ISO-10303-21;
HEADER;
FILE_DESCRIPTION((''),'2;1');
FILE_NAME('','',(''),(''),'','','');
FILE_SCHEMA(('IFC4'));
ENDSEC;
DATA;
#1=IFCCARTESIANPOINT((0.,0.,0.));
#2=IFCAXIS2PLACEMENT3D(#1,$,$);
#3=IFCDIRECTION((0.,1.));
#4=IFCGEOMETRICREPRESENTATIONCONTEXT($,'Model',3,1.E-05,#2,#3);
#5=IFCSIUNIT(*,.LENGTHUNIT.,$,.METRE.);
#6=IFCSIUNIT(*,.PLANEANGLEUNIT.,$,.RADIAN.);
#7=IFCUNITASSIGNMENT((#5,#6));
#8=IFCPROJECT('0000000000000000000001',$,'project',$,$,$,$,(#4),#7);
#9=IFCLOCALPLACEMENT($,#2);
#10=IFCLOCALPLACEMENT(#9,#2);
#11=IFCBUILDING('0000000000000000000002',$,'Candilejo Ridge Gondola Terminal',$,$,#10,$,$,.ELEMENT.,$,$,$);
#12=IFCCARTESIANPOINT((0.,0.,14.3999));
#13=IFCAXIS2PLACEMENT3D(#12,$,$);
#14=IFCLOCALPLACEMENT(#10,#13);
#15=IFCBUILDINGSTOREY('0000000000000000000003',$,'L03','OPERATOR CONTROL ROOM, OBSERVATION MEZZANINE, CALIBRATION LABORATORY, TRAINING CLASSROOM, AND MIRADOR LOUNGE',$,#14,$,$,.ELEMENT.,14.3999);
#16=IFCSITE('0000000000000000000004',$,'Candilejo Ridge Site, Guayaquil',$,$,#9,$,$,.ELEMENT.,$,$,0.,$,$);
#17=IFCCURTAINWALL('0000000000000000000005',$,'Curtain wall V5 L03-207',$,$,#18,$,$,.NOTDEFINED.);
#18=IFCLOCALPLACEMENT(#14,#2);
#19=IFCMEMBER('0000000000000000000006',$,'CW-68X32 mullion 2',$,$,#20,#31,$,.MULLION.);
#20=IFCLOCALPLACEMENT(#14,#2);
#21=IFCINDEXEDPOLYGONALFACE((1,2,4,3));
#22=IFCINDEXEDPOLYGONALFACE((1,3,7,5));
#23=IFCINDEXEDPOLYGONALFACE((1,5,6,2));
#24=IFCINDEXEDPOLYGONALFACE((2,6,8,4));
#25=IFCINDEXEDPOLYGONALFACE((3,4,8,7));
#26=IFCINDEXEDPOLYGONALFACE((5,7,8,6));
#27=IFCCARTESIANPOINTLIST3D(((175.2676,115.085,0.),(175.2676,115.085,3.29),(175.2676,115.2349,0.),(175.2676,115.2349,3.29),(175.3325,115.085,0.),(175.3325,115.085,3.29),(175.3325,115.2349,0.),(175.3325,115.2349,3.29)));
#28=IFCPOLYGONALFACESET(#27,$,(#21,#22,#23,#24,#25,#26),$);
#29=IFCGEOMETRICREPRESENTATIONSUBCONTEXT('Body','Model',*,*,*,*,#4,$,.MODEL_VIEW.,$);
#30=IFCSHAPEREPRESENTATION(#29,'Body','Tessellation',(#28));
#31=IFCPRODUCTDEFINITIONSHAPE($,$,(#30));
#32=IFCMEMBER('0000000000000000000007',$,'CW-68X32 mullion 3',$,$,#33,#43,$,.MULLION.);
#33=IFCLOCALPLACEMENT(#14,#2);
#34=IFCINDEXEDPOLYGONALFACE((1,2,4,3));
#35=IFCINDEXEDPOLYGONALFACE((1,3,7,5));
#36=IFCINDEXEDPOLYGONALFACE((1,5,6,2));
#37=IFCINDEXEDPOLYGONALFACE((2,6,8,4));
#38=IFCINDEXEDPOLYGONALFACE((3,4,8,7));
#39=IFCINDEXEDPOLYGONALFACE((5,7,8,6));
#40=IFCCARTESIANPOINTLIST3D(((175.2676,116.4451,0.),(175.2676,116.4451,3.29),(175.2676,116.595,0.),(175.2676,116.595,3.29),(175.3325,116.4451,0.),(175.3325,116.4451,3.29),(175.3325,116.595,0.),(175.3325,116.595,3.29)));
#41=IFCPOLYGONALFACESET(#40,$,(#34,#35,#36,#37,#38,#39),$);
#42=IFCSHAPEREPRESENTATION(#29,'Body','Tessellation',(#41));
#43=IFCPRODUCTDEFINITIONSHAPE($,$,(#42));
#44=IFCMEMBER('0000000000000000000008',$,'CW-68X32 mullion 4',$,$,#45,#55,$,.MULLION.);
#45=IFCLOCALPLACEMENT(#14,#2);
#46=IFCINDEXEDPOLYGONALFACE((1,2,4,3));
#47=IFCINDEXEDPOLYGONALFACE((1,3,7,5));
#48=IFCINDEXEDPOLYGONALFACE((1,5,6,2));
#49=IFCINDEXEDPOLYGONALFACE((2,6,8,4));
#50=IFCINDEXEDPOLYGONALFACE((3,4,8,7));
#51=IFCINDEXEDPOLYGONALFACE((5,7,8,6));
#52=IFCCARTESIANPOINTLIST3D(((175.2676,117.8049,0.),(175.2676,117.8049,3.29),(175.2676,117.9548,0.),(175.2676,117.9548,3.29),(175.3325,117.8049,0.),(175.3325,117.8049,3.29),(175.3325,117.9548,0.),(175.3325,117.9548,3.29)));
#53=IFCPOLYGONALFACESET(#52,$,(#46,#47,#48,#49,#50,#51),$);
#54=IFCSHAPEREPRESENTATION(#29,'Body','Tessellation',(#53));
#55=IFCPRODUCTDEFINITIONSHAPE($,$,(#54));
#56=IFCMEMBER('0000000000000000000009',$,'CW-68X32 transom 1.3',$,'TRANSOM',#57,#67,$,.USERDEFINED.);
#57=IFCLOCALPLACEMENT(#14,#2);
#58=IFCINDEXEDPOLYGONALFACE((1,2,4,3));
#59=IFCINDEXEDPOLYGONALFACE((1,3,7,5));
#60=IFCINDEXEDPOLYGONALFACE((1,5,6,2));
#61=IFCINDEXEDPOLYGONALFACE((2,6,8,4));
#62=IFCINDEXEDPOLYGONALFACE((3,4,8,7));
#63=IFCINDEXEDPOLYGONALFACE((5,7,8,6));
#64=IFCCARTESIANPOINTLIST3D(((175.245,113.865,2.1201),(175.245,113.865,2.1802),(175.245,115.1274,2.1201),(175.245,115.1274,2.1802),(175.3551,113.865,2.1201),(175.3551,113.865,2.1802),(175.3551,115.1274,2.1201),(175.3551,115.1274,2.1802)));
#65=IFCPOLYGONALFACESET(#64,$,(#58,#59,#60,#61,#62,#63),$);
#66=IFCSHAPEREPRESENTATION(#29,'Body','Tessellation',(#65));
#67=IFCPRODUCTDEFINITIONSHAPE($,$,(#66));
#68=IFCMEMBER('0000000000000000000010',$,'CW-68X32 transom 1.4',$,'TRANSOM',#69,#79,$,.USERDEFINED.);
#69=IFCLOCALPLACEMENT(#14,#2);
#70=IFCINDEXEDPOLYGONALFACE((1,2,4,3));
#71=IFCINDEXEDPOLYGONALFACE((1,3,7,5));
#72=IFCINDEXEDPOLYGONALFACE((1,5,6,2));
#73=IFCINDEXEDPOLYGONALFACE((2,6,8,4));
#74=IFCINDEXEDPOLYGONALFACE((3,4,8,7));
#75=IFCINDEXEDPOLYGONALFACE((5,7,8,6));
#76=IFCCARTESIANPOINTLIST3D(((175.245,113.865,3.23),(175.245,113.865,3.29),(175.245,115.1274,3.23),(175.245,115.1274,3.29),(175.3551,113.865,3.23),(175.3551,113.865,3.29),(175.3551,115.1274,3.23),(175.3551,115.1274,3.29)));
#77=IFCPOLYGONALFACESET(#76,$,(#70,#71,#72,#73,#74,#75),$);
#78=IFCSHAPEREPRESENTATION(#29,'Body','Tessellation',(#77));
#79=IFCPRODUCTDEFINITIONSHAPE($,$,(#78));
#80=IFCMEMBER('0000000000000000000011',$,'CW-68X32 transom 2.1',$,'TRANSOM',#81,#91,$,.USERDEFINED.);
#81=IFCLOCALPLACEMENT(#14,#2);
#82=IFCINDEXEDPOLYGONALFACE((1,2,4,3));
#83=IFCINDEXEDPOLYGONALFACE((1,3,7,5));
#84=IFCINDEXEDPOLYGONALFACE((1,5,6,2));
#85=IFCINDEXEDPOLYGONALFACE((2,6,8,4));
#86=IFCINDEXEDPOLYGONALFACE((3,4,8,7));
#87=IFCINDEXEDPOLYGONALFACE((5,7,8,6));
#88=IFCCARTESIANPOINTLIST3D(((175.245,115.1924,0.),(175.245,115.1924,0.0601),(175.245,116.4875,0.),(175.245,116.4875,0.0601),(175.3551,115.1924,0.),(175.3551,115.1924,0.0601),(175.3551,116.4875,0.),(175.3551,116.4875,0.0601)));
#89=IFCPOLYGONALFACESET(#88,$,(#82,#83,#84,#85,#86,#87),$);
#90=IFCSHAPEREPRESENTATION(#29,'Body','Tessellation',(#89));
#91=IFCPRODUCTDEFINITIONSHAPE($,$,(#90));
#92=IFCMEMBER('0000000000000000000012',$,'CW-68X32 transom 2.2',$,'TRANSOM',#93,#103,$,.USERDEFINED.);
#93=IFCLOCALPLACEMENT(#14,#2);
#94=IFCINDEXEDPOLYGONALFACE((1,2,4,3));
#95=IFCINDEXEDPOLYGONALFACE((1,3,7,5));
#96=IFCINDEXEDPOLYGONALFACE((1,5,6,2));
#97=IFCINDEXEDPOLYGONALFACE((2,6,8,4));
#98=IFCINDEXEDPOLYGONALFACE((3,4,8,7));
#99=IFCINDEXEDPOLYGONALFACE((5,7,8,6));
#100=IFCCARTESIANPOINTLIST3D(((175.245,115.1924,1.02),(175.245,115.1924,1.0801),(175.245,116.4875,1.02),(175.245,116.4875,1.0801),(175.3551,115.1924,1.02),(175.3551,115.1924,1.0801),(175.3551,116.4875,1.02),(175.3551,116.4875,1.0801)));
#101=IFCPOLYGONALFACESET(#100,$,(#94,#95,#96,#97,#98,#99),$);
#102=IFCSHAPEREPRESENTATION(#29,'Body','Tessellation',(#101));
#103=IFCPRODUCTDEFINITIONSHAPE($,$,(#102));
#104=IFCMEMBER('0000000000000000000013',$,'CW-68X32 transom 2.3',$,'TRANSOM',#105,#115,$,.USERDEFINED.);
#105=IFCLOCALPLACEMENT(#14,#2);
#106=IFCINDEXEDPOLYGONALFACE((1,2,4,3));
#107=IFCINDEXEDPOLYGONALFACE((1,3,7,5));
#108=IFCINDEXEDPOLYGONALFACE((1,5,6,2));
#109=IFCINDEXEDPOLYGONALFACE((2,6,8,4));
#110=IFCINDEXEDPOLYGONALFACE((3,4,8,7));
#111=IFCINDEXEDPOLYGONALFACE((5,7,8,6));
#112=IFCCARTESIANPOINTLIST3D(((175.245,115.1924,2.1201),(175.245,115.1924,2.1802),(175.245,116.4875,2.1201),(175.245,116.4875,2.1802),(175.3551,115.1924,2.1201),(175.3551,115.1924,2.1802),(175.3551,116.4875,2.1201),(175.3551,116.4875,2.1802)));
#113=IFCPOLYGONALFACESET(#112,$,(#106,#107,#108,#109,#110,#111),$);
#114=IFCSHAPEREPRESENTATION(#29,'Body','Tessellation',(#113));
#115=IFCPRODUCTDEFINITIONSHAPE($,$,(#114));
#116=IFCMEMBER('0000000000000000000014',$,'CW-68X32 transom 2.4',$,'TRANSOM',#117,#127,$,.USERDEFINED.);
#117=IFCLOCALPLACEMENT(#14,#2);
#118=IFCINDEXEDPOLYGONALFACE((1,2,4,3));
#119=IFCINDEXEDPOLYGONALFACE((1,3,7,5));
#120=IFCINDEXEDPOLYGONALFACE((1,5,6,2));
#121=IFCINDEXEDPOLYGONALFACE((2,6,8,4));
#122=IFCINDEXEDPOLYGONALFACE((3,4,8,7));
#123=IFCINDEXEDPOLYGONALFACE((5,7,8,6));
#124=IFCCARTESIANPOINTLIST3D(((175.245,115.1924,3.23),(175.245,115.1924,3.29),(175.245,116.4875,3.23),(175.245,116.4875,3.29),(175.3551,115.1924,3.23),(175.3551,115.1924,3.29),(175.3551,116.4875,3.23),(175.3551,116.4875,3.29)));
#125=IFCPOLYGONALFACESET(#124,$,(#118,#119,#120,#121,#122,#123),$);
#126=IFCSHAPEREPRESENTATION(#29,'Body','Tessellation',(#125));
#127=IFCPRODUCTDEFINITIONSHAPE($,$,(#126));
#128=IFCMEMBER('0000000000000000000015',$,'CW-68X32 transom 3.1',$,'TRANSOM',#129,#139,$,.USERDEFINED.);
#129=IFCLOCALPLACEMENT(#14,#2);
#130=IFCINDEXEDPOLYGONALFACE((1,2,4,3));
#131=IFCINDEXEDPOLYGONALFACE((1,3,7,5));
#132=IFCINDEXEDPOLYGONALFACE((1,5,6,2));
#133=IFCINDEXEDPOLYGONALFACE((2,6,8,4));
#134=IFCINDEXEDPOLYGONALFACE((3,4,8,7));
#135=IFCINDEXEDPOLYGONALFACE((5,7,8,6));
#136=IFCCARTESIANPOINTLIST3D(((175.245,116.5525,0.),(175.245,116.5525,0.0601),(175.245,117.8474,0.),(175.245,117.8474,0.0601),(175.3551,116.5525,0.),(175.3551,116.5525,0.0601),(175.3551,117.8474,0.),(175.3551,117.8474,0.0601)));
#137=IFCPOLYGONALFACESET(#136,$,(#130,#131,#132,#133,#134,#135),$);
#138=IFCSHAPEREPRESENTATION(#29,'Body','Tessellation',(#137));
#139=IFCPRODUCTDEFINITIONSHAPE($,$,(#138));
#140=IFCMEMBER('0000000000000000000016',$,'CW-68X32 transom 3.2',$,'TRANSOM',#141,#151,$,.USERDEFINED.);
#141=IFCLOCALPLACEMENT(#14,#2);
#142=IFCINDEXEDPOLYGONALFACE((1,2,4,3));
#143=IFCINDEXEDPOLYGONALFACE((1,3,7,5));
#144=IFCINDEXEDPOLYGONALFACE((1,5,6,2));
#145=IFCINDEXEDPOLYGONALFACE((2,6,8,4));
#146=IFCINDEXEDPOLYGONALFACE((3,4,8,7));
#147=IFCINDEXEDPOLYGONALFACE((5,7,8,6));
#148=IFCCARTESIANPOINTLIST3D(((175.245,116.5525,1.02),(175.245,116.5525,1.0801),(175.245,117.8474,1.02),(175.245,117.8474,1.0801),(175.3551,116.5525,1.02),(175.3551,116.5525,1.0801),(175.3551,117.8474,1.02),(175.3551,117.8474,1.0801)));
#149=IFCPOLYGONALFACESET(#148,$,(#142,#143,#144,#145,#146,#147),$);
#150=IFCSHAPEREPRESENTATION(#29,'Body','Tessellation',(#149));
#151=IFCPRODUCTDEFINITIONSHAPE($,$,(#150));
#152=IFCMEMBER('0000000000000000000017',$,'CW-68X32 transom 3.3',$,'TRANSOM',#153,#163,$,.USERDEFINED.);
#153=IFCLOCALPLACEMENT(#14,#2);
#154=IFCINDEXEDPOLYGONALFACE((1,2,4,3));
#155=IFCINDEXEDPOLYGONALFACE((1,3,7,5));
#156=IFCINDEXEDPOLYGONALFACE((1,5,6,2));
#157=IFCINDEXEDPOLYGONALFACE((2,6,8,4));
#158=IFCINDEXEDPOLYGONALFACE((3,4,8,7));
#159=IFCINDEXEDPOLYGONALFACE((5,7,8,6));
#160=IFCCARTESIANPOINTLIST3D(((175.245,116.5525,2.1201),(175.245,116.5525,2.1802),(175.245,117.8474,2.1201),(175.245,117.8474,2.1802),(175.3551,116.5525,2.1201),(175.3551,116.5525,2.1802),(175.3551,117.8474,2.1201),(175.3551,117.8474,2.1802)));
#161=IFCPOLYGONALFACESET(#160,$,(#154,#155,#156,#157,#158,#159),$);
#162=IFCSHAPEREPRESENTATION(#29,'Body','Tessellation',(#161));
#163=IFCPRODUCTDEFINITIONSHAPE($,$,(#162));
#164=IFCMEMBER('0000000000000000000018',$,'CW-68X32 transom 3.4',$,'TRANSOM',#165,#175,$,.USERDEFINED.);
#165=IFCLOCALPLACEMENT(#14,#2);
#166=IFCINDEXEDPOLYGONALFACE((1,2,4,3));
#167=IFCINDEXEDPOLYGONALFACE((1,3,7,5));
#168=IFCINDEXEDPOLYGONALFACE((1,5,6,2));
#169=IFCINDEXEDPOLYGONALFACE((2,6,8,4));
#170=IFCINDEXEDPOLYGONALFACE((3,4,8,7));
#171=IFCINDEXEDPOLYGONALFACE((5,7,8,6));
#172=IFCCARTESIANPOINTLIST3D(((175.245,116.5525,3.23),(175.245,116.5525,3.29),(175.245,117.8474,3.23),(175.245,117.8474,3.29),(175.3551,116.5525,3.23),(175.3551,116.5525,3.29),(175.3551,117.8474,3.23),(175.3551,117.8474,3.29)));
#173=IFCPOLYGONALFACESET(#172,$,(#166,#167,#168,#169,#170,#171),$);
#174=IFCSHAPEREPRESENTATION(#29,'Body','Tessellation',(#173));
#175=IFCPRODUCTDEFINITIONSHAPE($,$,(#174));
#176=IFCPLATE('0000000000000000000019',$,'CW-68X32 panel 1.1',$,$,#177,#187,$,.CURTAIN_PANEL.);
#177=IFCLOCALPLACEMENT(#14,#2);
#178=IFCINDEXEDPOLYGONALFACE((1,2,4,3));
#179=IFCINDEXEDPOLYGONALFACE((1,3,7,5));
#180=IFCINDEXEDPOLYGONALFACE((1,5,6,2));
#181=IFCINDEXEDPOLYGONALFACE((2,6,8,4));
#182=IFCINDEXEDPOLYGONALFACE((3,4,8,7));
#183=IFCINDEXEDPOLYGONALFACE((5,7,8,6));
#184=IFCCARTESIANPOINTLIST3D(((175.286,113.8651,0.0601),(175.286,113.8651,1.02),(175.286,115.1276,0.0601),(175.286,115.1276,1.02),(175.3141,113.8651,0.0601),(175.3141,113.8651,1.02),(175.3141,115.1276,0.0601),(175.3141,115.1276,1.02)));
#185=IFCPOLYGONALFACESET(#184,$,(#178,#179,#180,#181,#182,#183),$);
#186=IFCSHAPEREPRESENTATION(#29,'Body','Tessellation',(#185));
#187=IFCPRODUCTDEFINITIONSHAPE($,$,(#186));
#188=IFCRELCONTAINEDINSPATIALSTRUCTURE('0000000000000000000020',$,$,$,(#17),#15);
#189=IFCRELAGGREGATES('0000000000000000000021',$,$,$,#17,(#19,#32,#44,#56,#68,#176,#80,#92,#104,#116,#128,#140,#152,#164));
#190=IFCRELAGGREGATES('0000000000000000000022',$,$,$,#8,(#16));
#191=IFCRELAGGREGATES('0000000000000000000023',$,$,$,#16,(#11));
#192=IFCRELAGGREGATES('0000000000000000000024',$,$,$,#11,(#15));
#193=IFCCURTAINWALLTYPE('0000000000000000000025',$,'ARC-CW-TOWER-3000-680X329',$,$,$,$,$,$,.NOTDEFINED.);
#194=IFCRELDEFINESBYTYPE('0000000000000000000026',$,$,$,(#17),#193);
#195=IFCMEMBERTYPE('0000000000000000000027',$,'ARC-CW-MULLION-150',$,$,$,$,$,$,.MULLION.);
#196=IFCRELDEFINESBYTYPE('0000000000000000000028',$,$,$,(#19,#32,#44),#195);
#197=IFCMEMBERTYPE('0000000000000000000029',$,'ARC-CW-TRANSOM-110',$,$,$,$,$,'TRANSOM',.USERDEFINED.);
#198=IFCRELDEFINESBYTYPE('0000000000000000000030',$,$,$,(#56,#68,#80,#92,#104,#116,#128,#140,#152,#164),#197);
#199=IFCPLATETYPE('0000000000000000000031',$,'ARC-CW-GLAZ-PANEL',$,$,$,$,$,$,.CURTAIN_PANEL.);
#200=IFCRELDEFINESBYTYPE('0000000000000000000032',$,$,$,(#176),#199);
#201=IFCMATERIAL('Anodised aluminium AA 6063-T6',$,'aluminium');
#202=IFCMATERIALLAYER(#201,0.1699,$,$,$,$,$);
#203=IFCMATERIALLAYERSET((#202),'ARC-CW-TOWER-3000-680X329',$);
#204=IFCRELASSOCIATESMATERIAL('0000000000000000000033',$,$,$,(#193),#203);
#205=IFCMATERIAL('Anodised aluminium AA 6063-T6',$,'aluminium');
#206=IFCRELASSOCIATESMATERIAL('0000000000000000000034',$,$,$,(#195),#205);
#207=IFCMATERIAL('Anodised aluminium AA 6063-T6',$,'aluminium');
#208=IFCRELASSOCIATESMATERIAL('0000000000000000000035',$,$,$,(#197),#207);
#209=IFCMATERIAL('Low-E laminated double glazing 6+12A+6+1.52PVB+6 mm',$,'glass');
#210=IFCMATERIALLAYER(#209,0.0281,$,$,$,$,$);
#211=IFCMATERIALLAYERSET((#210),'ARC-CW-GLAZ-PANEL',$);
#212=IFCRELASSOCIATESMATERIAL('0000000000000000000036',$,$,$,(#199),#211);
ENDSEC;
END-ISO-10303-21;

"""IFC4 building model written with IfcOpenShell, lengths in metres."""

from ifc_helpers import new_model, si_unit, direction, frame, origin, origin_2d, place, context, subcontext, project, spatial, rectangle, extrude, material, layer, layer_set, material_profile, profile_set, type_object, element, aggregate, save


model = new_model("IFC4")

# Units and contexts
model_context = context("Model", 3, precision=1e-05, world=origin(), true_north=direction((0.0, 1.0)))
body_context = subcontext(model_context, "Body", "Model", "MODEL_VIEW")
ifc_project = project(units=[si_unit("LENGTHUNIT", "METRE"), si_unit("PLANEANGLEUNIT", "RADIAN")], contexts=[model_context])

# Site, building, storey
site_placement = place(None, origin())
site = spatial("IfcSite", under=ifc_project, at=site_placement, Name="Candilejo Ridge Site, Guayaquil", CompositionType="ELEMENT", RefElevation=0.0)
building_placement = place(site_placement, origin())
building = spatial("IfcBuilding", under=site, at=building_placement, Name="Candilejo Ridge Gondola Terminal", CompositionType="ELEMENT")
storey_placement = place(building_placement, frame((0.0, 0.0, 14.3999)))
storey = spatial("IfcBuildingStorey", under=building, at=storey_placement, Name="L03", Description="OPERATOR CONTROL ROOM, OBSERVATION MEZZANINE, CALIBRATION LABORATORY, TRAINING CLASSROOM, AND MIRADOR LOUNGE", CompositionType="ELEMENT", Elevation=14.3999)

# Curtain wall, members, plate
ifc_material_1 = material(Name="Anodised aluminium AA 6063-T6", Category="aluminium")
ifc_layer_1 = layer(ifc_material_1, 0.1699)
ifc_layer_set_1 = layer_set([ifc_layer_1], Name="ARC-CW-TOWER-3000-680X329")
curtain_wall_type = type_object("IfcCurtainWallType", Name="ARC-CW-TOWER-3000-680X329", PredefinedType="NOTDEFINED", material=ifc_layer_set_1)
curtain_wall_placement = place(storey_placement, origin())
curtain_wall = element("IfcCurtainWall", 1, at=curtain_wall_placement, inside=storey, type_object=curtain_wall_type, Name="Curtain wall V5 L03-207", PredefinedType="NOTDEFINED")
ifc_material_2 = material(Name="Anodised aluminium AA 6063-T6", Category="aluminium")
ifc_material_profile_1 = material_profile(ifc_material_2, rectangle(XDim=0.0649, YDim=0.1499, at=origin_2d()))
ifc_profile_set_1 = profile_set([ifc_material_profile_1], Name="Anodised aluminium AA 6063-T6")
member_type_1 = type_object("IfcMemberType", Name="ARC-CW-MULLION-150", PredefinedType="MULLION", material=ifc_profile_set_1)
member_1_placement = place(storey_placement, frame((175.3, 115.1599, 0.0), z_axis=(0.0, 0.0, 1.0), x_axis=(-1.0, 0.0, 0.0)))
member_1 = element("IfcMember", 2, at=member_1_placement, type_object=member_type_1, Name="CW-68X32 mullion 2", PredefinedType="MULLION", context=body_context, shape_type="SweptSolid", body=[
    extrude(rectangle(XDim=0.0649, YDim=0.1499, at=origin_2d()), origin(), (0.0, 0.0, 1.0), 3.29),
])
member_2_placement = place(storey_placement, frame((175.3, 116.52, 0.0), z_axis=(0.0, 0.0, 1.0), x_axis=(-1.0, 0.0, 0.0)))
member_2 = element("IfcMember", 3, at=member_2_placement, type_object=member_type_1, Name="CW-68X32 mullion 3", PredefinedType="MULLION", context=body_context, shape_type="SweptSolid", body=[
    extrude(rectangle(XDim=0.0649, YDim=0.1499, at=origin_2d()), origin(), (0.0, 0.0, 1.0), 3.29),
])
member_3_placement = place(storey_placement, frame((175.3, 117.8799, 0.0), z_axis=(0.0, 0.0, 1.0), x_axis=(-1.0, 0.0, 0.0)))
member_3 = element("IfcMember", 4, at=member_3_placement, type_object=member_type_1, Name="CW-68X32 mullion 4", PredefinedType="MULLION", context=body_context, shape_type="SweptSolid", body=[
    extrude(rectangle(XDim=0.0649, YDim=0.1499, at=origin_2d()), origin(), (0.0, 0.0, 1.0), 3.29),
])
ifc_material_3 = material(Name="Anodised aluminium AA 6063-T6", Category="aluminium")
ifc_material_profile_2 = material_profile(ifc_material_3, rectangle(XDim=0.1101, YDim=0.0601, at=origin_2d()))
ifc_profile_set_2 = profile_set([ifc_material_profile_2], Name="Anodised aluminium AA 6063-T6")
member_type_2 = type_object("IfcMemberType", Name="ARC-CW-TRANSOM-110", ElementType="TRANSOM", PredefinedType="USERDEFINED", material=ifc_profile_set_2)
member_4_placement = place(storey_placement, frame((175.3, 113.865, 2.1501), z_axis=(0.0, 1.0, 0.0), x_axis=(-1.0, 0.0, 0.0)))
member_4 = element("IfcMember", 5, at=member_4_placement, type_object=member_type_2, Name="CW-68X32 transom 1.3", ObjectType="TRANSOM", PredefinedType="USERDEFINED", context=body_context, shape_type="SweptSolid", body=[
    extrude(rectangle(XDim=0.1101, YDim=0.0601, at=origin_2d()), origin(), (0.0, 0.0, 1.0), 1.2625),
])
member_5_placement = place(storey_placement, frame((175.3, 113.865, 3.26), z_axis=(0.0, 1.0, 0.0), x_axis=(-1.0, 0.0, 0.0)))
member_5 = element("IfcMember", 6, at=member_5_placement, type_object=member_type_2, Name="CW-68X32 transom 1.4", ObjectType="TRANSOM", PredefinedType="USERDEFINED", context=body_context, shape_type="SweptSolid", body=[
    extrude(rectangle(XDim=0.1101, YDim=0.0601, at=origin_2d()), origin(), (0.0, 0.0, 1.0), 1.2625),
])
member_6_placement = place(storey_placement, frame((175.3, 115.1924, 0.03), z_axis=(0.0, 1.0, 0.0), x_axis=(-1.0, 0.0, 0.0)))
member_6 = element("IfcMember", 7, at=member_6_placement, type_object=member_type_2, Name="CW-68X32 transom 2.1", ObjectType="TRANSOM", PredefinedType="USERDEFINED", context=body_context, shape_type="SweptSolid", body=[
    extrude(rectangle(XDim=0.1101, YDim=0.0601, at=origin_2d()), origin(), (0.0, 0.0, 1.0), 1.2952),
])
member_7_placement = place(storey_placement, frame((175.3, 115.1924, 1.05), z_axis=(0.0, 1.0, 0.0), x_axis=(-1.0, 0.0, 0.0)))
member_7 = element("IfcMember", 8, at=member_7_placement, type_object=member_type_2, Name="CW-68X32 transom 2.2", ObjectType="TRANSOM", PredefinedType="USERDEFINED", context=body_context, shape_type="SweptSolid", body=[
    extrude(rectangle(XDim=0.1101, YDim=0.0601, at=origin_2d()), origin(), (0.0, 0.0, 1.0), 1.2952),
])
member_8_placement = place(storey_placement, frame((175.3, 115.1924, 2.1501), z_axis=(0.0, 1.0, 0.0), x_axis=(-1.0, 0.0, 0.0)))
member_8 = element("IfcMember", 9, at=member_8_placement, type_object=member_type_2, Name="CW-68X32 transom 2.3", ObjectType="TRANSOM", PredefinedType="USERDEFINED", context=body_context, shape_type="SweptSolid", body=[
    extrude(rectangle(XDim=0.1101, YDim=0.0601, at=origin_2d()), origin(), (0.0, 0.0, 1.0), 1.2952),
])
member_9_placement = place(storey_placement, frame((175.3, 115.1924, 3.26), z_axis=(0.0, 1.0, 0.0), x_axis=(-1.0, 0.0, 0.0)))
member_9 = element("IfcMember", 10, at=member_9_placement, type_object=member_type_2, Name="CW-68X32 transom 2.4", ObjectType="TRANSOM", PredefinedType="USERDEFINED", context=body_context, shape_type="SweptSolid", body=[
    extrude(rectangle(XDim=0.1101, YDim=0.0601, at=origin_2d()), origin(), (0.0, 0.0, 1.0), 1.2952),
])
member_10_placement = place(storey_placement, frame((175.3, 116.5525, 0.03), z_axis=(0.0, 1.0, 0.0), x_axis=(-1.0, 0.0, 0.0)))
member_10 = element("IfcMember", 11, at=member_10_placement, type_object=member_type_2, Name="CW-68X32 transom 3.1", ObjectType="TRANSOM", PredefinedType="USERDEFINED", context=body_context, shape_type="SweptSolid", body=[
    extrude(rectangle(XDim=0.1101, YDim=0.0601, at=origin_2d()), origin(), (0.0, 0.0, 1.0), 1.2949),
])
member_11_placement = place(storey_placement, frame((175.3, 116.5525, 1.05), z_axis=(0.0, 1.0, 0.0), x_axis=(-1.0, 0.0, 0.0)))
member_11 = element("IfcMember", 12, at=member_11_placement, type_object=member_type_2, Name="CW-68X32 transom 3.2", ObjectType="TRANSOM", PredefinedType="USERDEFINED", context=body_context, shape_type="SweptSolid", body=[
    extrude(rectangle(XDim=0.1101, YDim=0.0601, at=origin_2d()), origin(), (0.0, 0.0, 1.0), 1.2949),
])
member_12_placement = place(storey_placement, frame((175.3, 116.5525, 2.1501), z_axis=(0.0, 1.0, 0.0), x_axis=(-1.0, 0.0, 0.0)))
member_12 = element("IfcMember", 13, at=member_12_placement, type_object=member_type_2, Name="CW-68X32 transom 3.3", ObjectType="TRANSOM", PredefinedType="USERDEFINED", context=body_context, shape_type="SweptSolid", body=[
    extrude(rectangle(XDim=0.1101, YDim=0.0601, at=origin_2d()), origin(), (0.0, 0.0, 1.0), 1.2949),
])
member_13_placement = place(storey_placement, frame((175.3, 116.5525, 3.26), z_axis=(0.0, 1.0, 0.0), x_axis=(-1.0, 0.0, 0.0)))
member_13 = element("IfcMember", 14, at=member_13_placement, type_object=member_type_2, Name="CW-68X32 transom 3.4", ObjectType="TRANSOM", PredefinedType="USERDEFINED", context=body_context, shape_type="SweptSolid", body=[
    extrude(rectangle(XDim=0.1101, YDim=0.0601, at=origin_2d()), origin(), (0.0, 0.0, 1.0), 1.2949),
])
ifc_material_4 = material(Name="Low-E laminated double glazing 6+12A+6+1.52PVB+6 mm", Category="glass")
ifc_layer_2 = layer(ifc_material_4, 0.0281)
ifc_layer_set_2 = layer_set([ifc_layer_2], Name="ARC-CW-GLAZ-PANEL")
plate_type = type_object("IfcPlateType", Name="ARC-CW-GLAZ-PANEL", PredefinedType="CURTAIN_PANEL", material=ifc_layer_set_2)
plate_1_placement = place(storey_placement, frame((175.3, 114.4963, 0.0601), z_axis=(0.0, 0.0, 1.0), x_axis=(0.0, 1.0, 0.0)))
plate_1 = element("IfcPlate", 15, at=plate_1_placement, type_object=plate_type, Name="CW-68X32 panel 1.1", PredefinedType="CURTAIN_PANEL", context=body_context, shape_type="SweptSolid", body=[
    extrude(rectangle(XDim=1.2625, YDim=0.0281, at=origin_2d()), origin(), (0.0, 0.0, 1.0), 0.96),
])
aggregate(curtain_wall, [member_1, member_2, member_3, member_4, member_5, plate_1, member_6, member_7, member_8, member_9, member_10, member_11, member_12, member_13])

save(model, "model.ifc")
